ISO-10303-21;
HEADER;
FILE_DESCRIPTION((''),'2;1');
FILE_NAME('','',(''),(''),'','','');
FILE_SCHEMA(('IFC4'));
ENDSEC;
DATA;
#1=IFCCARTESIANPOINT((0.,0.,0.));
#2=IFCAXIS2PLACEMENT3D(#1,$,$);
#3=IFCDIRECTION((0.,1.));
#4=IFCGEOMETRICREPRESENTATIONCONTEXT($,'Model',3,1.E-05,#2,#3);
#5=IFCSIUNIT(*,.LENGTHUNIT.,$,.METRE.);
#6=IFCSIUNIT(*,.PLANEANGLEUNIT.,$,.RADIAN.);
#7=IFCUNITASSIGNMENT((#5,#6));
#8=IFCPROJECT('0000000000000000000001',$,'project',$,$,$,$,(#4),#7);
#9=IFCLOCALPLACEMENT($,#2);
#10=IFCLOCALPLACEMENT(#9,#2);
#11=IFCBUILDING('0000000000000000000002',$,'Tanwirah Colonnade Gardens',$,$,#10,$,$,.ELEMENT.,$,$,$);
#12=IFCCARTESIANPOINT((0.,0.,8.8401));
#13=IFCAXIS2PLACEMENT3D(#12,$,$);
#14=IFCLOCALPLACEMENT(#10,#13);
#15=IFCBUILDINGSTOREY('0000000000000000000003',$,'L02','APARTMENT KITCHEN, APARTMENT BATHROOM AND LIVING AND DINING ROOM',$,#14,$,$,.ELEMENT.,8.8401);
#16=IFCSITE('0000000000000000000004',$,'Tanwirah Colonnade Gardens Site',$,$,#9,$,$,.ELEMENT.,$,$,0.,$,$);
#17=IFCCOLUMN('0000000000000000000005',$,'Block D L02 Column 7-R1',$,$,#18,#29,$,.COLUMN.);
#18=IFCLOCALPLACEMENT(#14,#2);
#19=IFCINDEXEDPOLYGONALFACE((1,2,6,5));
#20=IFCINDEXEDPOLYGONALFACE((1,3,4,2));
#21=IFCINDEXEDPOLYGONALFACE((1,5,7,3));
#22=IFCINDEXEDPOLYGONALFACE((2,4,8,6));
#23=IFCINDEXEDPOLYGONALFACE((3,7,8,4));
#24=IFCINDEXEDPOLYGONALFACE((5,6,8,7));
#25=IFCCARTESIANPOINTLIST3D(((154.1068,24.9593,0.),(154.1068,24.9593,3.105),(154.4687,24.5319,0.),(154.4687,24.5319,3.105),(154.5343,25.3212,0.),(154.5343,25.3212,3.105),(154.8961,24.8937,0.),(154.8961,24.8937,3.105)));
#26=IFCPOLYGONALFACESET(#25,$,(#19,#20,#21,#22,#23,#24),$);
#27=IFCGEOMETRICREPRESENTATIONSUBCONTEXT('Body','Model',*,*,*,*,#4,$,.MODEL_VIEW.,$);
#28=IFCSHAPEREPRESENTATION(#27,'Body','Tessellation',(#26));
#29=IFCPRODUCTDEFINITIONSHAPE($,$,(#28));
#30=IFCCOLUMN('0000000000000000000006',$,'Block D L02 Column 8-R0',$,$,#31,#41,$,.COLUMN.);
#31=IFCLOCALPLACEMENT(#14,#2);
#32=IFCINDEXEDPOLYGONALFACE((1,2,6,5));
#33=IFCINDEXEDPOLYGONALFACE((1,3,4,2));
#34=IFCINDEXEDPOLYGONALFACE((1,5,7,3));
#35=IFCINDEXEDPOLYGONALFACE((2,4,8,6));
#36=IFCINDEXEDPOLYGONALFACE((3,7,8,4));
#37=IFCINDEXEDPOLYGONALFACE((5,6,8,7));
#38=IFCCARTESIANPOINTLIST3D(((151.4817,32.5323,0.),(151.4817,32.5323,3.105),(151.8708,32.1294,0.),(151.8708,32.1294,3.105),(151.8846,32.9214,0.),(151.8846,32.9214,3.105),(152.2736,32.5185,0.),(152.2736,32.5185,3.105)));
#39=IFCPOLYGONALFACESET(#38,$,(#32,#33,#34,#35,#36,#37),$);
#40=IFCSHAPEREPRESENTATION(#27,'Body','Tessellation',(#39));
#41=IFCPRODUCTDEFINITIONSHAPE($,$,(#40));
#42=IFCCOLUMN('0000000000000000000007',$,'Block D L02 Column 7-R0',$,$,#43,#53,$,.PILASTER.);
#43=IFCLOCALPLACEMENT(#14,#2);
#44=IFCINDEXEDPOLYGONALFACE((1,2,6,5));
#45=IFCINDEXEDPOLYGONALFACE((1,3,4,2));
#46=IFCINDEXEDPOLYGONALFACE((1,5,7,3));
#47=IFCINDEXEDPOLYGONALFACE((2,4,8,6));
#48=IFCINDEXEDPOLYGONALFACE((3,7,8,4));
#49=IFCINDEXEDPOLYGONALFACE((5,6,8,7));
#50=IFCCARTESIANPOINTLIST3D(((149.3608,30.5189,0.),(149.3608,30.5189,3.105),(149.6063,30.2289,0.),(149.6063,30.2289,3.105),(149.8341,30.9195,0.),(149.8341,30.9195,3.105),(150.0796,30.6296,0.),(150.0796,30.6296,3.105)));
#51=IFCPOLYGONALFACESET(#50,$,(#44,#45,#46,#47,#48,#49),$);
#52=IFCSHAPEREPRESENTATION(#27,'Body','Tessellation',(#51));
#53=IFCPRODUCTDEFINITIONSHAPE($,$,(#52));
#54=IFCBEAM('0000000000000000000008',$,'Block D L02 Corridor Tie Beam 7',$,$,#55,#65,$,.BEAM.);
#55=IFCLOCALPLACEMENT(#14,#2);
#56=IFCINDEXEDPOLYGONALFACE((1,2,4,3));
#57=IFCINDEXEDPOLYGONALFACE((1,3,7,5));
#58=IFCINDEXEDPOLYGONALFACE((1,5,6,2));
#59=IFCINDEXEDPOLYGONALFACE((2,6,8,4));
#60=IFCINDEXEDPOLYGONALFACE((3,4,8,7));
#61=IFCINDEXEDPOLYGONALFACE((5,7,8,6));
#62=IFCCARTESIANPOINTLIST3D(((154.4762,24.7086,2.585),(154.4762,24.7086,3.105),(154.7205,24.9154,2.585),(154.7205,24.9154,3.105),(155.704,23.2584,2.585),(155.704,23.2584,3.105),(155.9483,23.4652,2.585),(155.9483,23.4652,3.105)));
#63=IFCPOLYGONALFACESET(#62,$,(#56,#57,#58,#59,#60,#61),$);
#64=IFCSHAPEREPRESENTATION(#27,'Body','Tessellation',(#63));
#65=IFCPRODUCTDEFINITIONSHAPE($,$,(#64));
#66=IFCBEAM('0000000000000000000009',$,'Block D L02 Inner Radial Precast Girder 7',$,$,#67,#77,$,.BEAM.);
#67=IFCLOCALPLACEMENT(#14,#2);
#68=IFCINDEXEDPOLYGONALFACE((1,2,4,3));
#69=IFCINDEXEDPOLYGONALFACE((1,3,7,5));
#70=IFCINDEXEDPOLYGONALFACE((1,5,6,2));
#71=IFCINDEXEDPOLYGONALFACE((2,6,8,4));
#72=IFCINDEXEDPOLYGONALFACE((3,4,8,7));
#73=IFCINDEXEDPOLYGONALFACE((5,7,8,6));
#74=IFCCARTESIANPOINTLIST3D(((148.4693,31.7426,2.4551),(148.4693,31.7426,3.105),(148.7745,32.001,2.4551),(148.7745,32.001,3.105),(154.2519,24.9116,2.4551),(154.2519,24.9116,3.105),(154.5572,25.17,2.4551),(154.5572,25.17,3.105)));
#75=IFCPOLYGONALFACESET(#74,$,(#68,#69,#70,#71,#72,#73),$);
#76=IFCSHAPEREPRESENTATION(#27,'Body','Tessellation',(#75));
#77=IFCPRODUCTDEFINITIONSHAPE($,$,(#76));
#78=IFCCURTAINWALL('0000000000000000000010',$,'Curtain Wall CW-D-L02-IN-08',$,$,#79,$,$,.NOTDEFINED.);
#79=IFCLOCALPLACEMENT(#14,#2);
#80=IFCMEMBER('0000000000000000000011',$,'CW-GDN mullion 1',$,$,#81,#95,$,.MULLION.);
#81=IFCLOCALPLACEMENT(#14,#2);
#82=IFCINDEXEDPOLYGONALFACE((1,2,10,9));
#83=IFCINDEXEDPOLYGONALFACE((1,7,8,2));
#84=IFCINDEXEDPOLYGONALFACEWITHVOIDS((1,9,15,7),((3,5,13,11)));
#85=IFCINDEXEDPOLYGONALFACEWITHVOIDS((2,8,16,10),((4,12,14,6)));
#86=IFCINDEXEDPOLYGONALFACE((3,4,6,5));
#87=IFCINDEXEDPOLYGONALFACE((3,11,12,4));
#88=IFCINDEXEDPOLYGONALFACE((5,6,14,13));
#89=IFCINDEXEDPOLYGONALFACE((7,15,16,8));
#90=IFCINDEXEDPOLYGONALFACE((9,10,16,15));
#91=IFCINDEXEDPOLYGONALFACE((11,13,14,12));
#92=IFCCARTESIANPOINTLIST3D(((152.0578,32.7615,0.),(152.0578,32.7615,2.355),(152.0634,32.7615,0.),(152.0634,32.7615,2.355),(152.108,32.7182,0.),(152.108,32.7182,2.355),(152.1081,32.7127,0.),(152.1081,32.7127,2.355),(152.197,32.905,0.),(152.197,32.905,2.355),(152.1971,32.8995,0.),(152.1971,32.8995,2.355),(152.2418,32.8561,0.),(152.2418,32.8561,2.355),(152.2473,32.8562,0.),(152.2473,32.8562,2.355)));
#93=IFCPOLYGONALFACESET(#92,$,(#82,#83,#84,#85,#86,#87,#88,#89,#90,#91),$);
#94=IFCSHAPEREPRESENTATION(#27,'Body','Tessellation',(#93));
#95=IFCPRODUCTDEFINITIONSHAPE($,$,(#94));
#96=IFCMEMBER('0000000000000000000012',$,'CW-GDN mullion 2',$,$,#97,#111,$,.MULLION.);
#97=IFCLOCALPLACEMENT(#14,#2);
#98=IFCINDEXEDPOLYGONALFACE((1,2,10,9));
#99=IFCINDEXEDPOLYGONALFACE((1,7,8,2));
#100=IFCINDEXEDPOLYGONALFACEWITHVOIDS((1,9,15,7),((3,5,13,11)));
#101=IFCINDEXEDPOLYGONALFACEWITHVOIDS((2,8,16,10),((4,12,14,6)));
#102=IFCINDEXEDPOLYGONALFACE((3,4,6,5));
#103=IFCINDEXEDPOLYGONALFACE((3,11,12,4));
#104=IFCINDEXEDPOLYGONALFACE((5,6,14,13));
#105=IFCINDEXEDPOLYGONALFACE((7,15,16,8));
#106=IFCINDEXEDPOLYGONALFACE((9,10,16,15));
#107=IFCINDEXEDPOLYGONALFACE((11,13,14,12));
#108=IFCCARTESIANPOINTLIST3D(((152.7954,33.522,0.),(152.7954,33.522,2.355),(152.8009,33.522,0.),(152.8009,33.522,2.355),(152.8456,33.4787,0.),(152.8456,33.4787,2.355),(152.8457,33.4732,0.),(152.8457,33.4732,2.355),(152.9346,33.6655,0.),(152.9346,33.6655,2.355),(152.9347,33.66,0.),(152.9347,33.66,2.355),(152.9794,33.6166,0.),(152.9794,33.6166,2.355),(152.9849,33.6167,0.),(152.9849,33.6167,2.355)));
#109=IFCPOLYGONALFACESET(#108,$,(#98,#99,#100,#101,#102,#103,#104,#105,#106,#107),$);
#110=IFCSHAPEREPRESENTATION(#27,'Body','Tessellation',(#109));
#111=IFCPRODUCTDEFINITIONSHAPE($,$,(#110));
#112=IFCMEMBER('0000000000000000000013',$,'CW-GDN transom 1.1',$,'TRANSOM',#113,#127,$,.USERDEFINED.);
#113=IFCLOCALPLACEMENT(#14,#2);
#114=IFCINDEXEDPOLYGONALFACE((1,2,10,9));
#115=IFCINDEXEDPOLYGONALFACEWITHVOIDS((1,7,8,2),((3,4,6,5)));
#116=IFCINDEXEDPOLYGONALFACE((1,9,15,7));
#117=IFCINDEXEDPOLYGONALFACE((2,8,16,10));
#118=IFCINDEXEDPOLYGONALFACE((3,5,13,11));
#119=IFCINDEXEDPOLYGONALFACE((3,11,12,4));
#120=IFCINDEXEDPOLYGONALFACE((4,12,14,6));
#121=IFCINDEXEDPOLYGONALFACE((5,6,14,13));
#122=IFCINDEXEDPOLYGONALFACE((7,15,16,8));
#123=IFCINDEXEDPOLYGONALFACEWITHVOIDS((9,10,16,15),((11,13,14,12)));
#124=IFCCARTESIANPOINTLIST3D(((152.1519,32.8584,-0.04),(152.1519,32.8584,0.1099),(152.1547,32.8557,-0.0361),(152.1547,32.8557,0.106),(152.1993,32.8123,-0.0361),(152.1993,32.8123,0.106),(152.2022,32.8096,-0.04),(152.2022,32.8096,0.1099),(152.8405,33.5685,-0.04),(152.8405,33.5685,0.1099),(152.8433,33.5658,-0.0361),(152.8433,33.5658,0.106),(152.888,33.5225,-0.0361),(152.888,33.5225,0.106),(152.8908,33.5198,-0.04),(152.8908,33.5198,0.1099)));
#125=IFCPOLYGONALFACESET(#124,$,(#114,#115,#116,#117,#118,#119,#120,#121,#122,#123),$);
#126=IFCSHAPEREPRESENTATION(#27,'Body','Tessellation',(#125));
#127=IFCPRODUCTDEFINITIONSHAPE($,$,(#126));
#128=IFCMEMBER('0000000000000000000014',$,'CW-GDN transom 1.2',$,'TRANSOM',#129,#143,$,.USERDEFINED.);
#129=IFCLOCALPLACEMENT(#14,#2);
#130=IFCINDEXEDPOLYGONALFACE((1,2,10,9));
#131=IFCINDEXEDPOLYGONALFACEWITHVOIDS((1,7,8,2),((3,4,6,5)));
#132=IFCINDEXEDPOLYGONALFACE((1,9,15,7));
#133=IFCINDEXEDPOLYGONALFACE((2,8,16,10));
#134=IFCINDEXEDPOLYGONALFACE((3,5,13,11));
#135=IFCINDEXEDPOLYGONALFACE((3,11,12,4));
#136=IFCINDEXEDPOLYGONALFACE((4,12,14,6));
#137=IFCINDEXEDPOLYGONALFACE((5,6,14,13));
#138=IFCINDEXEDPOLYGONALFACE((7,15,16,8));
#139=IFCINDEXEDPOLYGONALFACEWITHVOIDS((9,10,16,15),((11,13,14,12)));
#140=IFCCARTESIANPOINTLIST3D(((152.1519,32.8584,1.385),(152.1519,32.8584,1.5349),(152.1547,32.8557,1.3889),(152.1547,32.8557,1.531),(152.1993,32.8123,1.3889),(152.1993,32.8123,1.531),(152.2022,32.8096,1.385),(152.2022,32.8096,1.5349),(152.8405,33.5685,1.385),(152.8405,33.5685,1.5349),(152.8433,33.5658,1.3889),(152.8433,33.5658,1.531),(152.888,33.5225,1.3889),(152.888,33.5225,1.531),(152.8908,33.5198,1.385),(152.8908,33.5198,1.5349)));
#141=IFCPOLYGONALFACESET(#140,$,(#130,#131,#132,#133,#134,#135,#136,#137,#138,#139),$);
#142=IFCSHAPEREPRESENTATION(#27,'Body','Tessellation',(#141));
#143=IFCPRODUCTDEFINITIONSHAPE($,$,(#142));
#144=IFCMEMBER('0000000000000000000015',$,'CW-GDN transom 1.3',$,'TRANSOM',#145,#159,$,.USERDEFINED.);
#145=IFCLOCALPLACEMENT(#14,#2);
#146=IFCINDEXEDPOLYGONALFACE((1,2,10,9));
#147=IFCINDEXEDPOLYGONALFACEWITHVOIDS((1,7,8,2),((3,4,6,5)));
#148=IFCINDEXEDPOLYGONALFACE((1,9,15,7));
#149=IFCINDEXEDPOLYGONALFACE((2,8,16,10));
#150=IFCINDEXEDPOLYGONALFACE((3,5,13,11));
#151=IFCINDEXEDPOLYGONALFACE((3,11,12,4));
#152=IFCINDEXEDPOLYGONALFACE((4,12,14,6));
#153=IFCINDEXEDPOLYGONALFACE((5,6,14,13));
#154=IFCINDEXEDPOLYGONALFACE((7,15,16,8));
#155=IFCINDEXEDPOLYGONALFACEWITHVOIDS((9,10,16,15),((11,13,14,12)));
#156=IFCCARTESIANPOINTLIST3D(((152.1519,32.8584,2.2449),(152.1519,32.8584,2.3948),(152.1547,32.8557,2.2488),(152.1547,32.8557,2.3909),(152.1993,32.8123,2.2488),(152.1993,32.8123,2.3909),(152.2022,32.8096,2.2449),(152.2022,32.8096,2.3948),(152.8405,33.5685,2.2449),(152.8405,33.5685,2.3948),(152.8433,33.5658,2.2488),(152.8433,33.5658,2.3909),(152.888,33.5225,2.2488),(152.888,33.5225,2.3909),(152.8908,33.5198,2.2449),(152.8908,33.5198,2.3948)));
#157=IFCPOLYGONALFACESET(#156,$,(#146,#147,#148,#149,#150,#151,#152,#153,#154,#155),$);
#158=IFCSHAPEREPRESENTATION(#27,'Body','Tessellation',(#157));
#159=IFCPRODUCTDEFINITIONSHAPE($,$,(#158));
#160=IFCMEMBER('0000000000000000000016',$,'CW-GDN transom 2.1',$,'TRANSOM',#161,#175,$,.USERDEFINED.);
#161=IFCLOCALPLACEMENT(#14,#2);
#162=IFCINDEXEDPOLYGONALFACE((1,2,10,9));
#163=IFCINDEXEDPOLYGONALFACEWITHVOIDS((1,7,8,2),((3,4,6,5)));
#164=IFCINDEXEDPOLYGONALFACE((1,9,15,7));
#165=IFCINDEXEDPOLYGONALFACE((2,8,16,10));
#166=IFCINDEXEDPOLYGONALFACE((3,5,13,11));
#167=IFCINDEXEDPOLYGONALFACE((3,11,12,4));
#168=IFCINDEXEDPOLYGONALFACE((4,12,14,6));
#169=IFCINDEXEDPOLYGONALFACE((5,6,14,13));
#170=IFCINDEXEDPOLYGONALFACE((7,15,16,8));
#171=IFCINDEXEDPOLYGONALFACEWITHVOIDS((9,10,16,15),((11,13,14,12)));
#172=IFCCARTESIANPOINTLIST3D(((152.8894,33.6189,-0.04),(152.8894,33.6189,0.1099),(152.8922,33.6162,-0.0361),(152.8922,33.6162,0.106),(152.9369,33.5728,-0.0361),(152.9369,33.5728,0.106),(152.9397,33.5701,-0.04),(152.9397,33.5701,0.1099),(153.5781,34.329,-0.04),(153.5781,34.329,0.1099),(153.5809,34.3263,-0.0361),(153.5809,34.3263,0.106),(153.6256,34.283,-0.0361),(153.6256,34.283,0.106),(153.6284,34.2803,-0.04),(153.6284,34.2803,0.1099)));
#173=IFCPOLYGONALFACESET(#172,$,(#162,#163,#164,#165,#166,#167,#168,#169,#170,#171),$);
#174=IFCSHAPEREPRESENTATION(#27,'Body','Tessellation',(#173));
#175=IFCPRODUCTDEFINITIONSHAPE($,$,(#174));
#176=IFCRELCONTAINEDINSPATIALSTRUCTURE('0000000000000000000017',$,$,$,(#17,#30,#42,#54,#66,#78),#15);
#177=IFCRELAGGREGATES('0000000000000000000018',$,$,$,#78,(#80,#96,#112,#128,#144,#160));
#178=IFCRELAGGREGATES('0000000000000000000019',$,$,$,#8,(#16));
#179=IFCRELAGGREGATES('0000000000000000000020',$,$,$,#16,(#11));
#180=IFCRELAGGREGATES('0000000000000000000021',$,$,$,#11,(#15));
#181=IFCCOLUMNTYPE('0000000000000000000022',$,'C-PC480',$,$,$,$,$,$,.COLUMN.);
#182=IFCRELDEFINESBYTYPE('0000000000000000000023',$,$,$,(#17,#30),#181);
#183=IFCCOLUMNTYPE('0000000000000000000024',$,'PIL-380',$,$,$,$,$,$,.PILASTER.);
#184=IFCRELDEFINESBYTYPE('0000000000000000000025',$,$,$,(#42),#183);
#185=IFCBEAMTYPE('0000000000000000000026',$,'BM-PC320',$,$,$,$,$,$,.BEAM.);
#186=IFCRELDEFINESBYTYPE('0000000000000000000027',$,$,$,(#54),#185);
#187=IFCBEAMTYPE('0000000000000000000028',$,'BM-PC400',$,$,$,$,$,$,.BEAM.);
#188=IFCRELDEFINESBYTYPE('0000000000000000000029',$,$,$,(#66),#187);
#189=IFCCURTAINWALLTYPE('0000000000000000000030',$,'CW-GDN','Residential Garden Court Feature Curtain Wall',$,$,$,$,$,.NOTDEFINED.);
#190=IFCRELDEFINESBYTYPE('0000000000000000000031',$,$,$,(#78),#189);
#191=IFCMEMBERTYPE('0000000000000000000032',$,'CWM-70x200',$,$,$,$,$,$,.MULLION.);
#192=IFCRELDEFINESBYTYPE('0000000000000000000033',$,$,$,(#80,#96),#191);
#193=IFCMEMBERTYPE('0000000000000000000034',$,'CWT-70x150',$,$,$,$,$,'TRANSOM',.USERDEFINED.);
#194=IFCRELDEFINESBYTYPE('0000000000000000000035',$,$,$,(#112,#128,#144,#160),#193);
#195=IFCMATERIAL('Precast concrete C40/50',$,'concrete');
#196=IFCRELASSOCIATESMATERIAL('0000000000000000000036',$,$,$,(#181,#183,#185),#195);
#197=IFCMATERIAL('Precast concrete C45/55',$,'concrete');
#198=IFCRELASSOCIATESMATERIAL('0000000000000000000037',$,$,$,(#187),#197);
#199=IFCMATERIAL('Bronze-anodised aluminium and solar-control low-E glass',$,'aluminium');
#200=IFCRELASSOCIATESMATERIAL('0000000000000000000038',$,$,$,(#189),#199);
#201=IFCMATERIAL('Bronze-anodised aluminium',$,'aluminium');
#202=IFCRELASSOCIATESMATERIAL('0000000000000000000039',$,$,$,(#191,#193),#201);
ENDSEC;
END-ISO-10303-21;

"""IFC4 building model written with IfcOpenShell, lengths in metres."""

from ifc_helpers import new_model, si_unit, direction, frame, origin, origin_2d, place, context, subcontext, project, spatial, rectangle, hollow_rectangle, extrude, material, material_profile, profile_set, type_object, element, aggregate, save


model = new_model("IFC4")

# Units and contexts
model_context = context("Model", 3, precision=1e-05, world=origin(), true_north=direction((0.0, 1.0)))
body_context = subcontext(model_context, "Body", "Model", "MODEL_VIEW")
ifc_project = project(units=[si_unit("LENGTHUNIT", "METRE"), si_unit("PLANEANGLEUNIT", "RADIAN")], contexts=[model_context])

# Site, building, storey
site_placement = place(None, origin())
site = spatial("IfcSite", under=ifc_project, at=site_placement, Name="Tanwirah Colonnade Gardens Site", CompositionType="ELEMENT", RefElevation=0.0)
building_placement = place(site_placement, origin())
building = spatial("IfcBuilding", under=site, at=building_placement, Name="Tanwirah Colonnade Gardens", CompositionType="ELEMENT")
storey_placement = place(building_placement, frame((0.0, 0.0, 8.8401)))
storey = spatial("IfcBuildingStorey", under=building, at=storey_placement, Name="L02", Description="APARTMENT KITCHEN, APARTMENT BATHROOM AND LIVING AND DINING ROOM", CompositionType="ELEMENT", Elevation=8.8401)

# Columns
ifc_material_1 = material(Name="Precast concrete C40/50", Category="concrete")
ifc_material_profile_1 = material_profile(ifc_material_1, rectangle(XDim=0.5601, YDim=0.5601, at=origin_2d()), Name="PC-COL 560x560")
ifc_profile_set_1 = profile_set([ifc_material_profile_1], Name="Precast concrete C40/50")
column_type_1 = type_object("IfcColumnType", Name="C-PC480", PredefinedType="COLUMN", material=ifc_profile_set_1)
for number, where, z_axis, x_axis, name in (
    (1, (154.5015, 24.9265, 0.0), (0.0, 0.0, 1.0), (0.646124, -0.763232, 0.0), "Block D L02 Column 7-R1"),
    (2, (151.8777, 32.5254, 0.0), (0.0, 0.0, 1.0), (0.694658, -0.71934, 0.0), "Block D L02 Column 8-R0"),
):
    element("IfcColumn", number, at=place(storey_placement, frame(where, z_axis=z_axis, x_axis=x_axis)), inside=storey, type_object=column_type_1, Name=name, PredefinedType="COLUMN", context=body_context, shape_type="SweptSolid", body=[
        extrude(rectangle(XDim=0.5601, YDim=0.5601, at=origin_2d()), origin(), (0.0, 0.0, 1.0), 3.105),
    ])
ifc_material_profile_2 = material_profile(ifc_material_1, rectangle(XDim=0.3799, YDim=0.6201, at=origin_2d()), Name="PC-PIL 380x620")
ifc_profile_set_2 = profile_set([ifc_material_profile_2], Name="Precast concrete C40/50")
column_type_2 = type_object("IfcColumnType", Name="PIL-380", PredefinedType="PILASTER", material=ifc_profile_set_2)
column_placement = place(storey_placement, frame((149.7202, 30.5742, 0.0), z_axis=(0.0, 0.0, 1.0), x_axis=(0.646124, -0.763232, 0.0)))
element("IfcColumn", 3, at=column_placement, inside=storey, type_object=column_type_2, Name="Block D L02 Column 7-R0", PredefinedType="PILASTER", context=body_context, shape_type="SweptSolid", body=[
    extrude(rectangle(XDim=0.3799, YDim=0.6201, at=origin_2d()), origin(), (0.0, 0.0, 1.0), 3.105),
])

# Beams
ifc_material_profile_3 = material_profile(ifc_material_1, rectangle(XDim=0.3201, YDim=0.52, at=origin_2d()), Name="PC-BM 320x520")
ifc_profile_set_3 = profile_set([ifc_material_profile_3], Name="Precast concrete C40/50")
beam_type_1 = type_object("IfcBeamType", Name="BM-PC320", PredefinedType="BEAM", material=ifc_profile_set_3)
beam_1_placement = place(storey_placement, frame((154.5984, 24.812, 2.845), z_axis=(0.646155, -0.763206, 0.0), x_axis=(0.763206, 0.646155, 0.0)))
element("IfcBeam", 4, at=beam_1_placement, inside=storey, type_object=beam_type_1, Name="Block D L02 Corridor Tie Beam 7", PredefinedType="BEAM", context=body_context, shape_type="SweptSolid", body=[
    extrude(rectangle(XDim=0.3201, YDim=0.52, at=origin_2d()), origin(), (0.0, 0.0, 1.0), 1.9001),
])
ifc_material_2 = material(Name="Precast concrete C45/55", Category="concrete")
ifc_material_profile_4 = material_profile(ifc_material_2, rectangle(XDim=0.3999, YDim=0.6499, at=origin_2d()), Name="PC-BM 400x650")
ifc_profile_set_4 = profile_set([ifc_material_profile_4], Name="Precast concrete C45/55")
beam_type_2 = type_object("IfcBeamType", Name="BM-PC400", PredefinedType="BEAM", material=ifc_profile_set_4)
beam_2_placement = place(storey_placement, frame((154.4045, 25.0408, 2.78), z_axis=(-0.646111, 0.763243, 0.0), x_axis=(-0.763243, -0.646111, 0.0)))
element("IfcBeam", 5, at=beam_2_placement, inside=storey, type_object=beam_type_2, Name="Block D L02 Inner Radial Precast Girder 7", PredefinedType="BEAM", context=body_context, shape_type="SweptSolid", body=[
    extrude(rectangle(XDim=0.3999, YDim=0.6499, at=origin_2d()), origin(), (0.0, 0.0, 1.0), 8.95),
])

# Curtain wall, members
ifc_material_3 = material(Name="Bronze-anodised aluminium and solar-control low-E glass", Category="aluminium")
curtain_wall_type = type_object("IfcCurtainWallType", Name="CW-GDN", Description="Residential Garden Court Feature Curtain Wall", PredefinedType="NOTDEFINED", material=ifc_material_3)
curtain_wall_placement = place(storey_placement, origin())
curtain_wall = element("IfcCurtainWall", 6, at=curtain_wall_placement, inside=storey, type_object=curtain_wall_type, Name="Curtain Wall CW-D-L02-IN-08", PredefinedType="NOTDEFINED")
ifc_material_4 = material(Name="Bronze-anodised aluminium", Category="aluminium")
ifc_material_profile_5 = material_profile(ifc_material_4, hollow_rectangle(XDim=0.0701, YDim=0.2, WallThickness=0.0039, at=origin_2d()), Name="CW-MUL 70x200x4")
ifc_profile_set_5 = profile_set([ifc_material_profile_5], Name="Bronze-anodised aluminium")
member_type_1 = type_object("IfcMemberType", Name="CWM-70x200", PredefinedType="MULLION", material=ifc_profile_set_5)
member_1_placement = place(storey_placement, frame((152.1526, 32.8088, 0.0), z_axis=(0.0, 0.0, 1.0), x_axis=(-0.717825, 0.696223, 0.0)))
member_1 = element("IfcMember", 7, at=member_1_placement, type_object=member_type_1, Name="CW-GDN mullion 1", PredefinedType="MULLION", context=body_context, shape_type="SweptSolid", body=[
    extrude(hollow_rectangle(XDim=0.0701, YDim=0.2, WallThickness=0.0039, at=origin_2d()), origin(), (0.0, 0.0, 1.0), 2.355),
])
member_2_placement = place(storey_placement, frame((152.8901, 33.5693, 0.0), z_axis=(0.0, 0.0, 1.0), x_axis=(-0.717825, 0.696223, 0.0)))
member_2 = element("IfcMember", 8, at=member_2_placement, type_object=member_type_1, Name="CW-GDN mullion 2", PredefinedType="MULLION", context=body_context, shape_type="SweptSolid", body=[
    extrude(hollow_rectangle(XDim=0.0701, YDim=0.2, WallThickness=0.0039, at=origin_2d()), origin(), (0.0, 0.0, 1.0), 2.355),
])
ifc_material_profile_6 = material_profile(ifc_material_4, hollow_rectangle(XDim=0.0701, YDim=0.1499, WallThickness=0.0039, at=origin_2d()), Name="CW-TRN 70x150x4")
ifc_profile_set_6 = profile_set([ifc_material_profile_6], Name="Bronze-anodised aluminium")
member_type_2 = type_object("IfcMemberType", Name="CWT-70x150", ElementType="TRANSOM", PredefinedType="USERDEFINED", material=ifc_profile_set_6)
member_3_placement = place(storey_placement, frame((152.177, 32.834, 0.0349), z_axis=(0.696165, 0.717882, 0.0), x_axis=(-0.717882, 0.696165, 0.0)))
member_3 = element("IfcMember", 9, at=member_3_placement, type_object=member_type_2, Name="CW-GDN transom 1.1", ObjectType="TRANSOM", PredefinedType="USERDEFINED", context=body_context, shape_type="SweptSolid", body=[
    extrude(hollow_rectangle(XDim=0.0701, YDim=0.1499, WallThickness=0.0039, at=origin_2d()), origin(), (0.0, 0.0, 1.0), 0.9893),
])
member_4_placement = place(storey_placement, frame((152.177, 32.834, 1.46), z_axis=(0.696165, 0.717882, 0.0), x_axis=(-0.717882, 0.696165, 0.0)))
member_4 = element("IfcMember", 10, at=member_4_placement, type_object=member_type_2, Name="CW-GDN transom 1.2", ObjectType="TRANSOM", PredefinedType="USERDEFINED", context=body_context, shape_type="SweptSolid", body=[
    extrude(hollow_rectangle(XDim=0.0701, YDim=0.1499, WallThickness=0.0039, at=origin_2d()), origin(), (0.0, 0.0, 1.0), 0.9893),
])
member_5_placement = place(storey_placement, frame((152.177, 32.834, 2.3198), z_axis=(0.696165, 0.717882, 0.0), x_axis=(-0.717882, 0.696165, 0.0)))
member_5 = element("IfcMember", 11, at=member_5_placement, type_object=member_type_2, Name="CW-GDN transom 1.3", ObjectType="TRANSOM", PredefinedType="USERDEFINED", context=body_context, shape_type="SweptSolid", body=[
    extrude(hollow_rectangle(XDim=0.0701, YDim=0.1499, WallThickness=0.0039, at=origin_2d()), origin(), (0.0, 0.0, 1.0), 0.9893),
])
member_6_placement = place(storey_placement, frame((152.9146, 33.5945, 0.0349), z_axis=(0.696165, 0.717882, 0.0), x_axis=(-0.717882, 0.696165, 0.0)))
member_6 = element("IfcMember", 12, at=member_6_placement, type_object=member_type_2, Name="CW-GDN transom 2.1", ObjectType="TRANSOM", PredefinedType="USERDEFINED", context=body_context, shape_type="SweptSolid", body=[
    extrude(hollow_rectangle(XDim=0.0701, YDim=0.1499, WallThickness=0.0039, at=origin_2d()), origin(), (0.0, 0.0, 1.0), 0.9893),
])

aggregate(curtain_wall, [member_1, member_2, member_3, member_4, member_5, member_6])

save(model, "model.ifc")
